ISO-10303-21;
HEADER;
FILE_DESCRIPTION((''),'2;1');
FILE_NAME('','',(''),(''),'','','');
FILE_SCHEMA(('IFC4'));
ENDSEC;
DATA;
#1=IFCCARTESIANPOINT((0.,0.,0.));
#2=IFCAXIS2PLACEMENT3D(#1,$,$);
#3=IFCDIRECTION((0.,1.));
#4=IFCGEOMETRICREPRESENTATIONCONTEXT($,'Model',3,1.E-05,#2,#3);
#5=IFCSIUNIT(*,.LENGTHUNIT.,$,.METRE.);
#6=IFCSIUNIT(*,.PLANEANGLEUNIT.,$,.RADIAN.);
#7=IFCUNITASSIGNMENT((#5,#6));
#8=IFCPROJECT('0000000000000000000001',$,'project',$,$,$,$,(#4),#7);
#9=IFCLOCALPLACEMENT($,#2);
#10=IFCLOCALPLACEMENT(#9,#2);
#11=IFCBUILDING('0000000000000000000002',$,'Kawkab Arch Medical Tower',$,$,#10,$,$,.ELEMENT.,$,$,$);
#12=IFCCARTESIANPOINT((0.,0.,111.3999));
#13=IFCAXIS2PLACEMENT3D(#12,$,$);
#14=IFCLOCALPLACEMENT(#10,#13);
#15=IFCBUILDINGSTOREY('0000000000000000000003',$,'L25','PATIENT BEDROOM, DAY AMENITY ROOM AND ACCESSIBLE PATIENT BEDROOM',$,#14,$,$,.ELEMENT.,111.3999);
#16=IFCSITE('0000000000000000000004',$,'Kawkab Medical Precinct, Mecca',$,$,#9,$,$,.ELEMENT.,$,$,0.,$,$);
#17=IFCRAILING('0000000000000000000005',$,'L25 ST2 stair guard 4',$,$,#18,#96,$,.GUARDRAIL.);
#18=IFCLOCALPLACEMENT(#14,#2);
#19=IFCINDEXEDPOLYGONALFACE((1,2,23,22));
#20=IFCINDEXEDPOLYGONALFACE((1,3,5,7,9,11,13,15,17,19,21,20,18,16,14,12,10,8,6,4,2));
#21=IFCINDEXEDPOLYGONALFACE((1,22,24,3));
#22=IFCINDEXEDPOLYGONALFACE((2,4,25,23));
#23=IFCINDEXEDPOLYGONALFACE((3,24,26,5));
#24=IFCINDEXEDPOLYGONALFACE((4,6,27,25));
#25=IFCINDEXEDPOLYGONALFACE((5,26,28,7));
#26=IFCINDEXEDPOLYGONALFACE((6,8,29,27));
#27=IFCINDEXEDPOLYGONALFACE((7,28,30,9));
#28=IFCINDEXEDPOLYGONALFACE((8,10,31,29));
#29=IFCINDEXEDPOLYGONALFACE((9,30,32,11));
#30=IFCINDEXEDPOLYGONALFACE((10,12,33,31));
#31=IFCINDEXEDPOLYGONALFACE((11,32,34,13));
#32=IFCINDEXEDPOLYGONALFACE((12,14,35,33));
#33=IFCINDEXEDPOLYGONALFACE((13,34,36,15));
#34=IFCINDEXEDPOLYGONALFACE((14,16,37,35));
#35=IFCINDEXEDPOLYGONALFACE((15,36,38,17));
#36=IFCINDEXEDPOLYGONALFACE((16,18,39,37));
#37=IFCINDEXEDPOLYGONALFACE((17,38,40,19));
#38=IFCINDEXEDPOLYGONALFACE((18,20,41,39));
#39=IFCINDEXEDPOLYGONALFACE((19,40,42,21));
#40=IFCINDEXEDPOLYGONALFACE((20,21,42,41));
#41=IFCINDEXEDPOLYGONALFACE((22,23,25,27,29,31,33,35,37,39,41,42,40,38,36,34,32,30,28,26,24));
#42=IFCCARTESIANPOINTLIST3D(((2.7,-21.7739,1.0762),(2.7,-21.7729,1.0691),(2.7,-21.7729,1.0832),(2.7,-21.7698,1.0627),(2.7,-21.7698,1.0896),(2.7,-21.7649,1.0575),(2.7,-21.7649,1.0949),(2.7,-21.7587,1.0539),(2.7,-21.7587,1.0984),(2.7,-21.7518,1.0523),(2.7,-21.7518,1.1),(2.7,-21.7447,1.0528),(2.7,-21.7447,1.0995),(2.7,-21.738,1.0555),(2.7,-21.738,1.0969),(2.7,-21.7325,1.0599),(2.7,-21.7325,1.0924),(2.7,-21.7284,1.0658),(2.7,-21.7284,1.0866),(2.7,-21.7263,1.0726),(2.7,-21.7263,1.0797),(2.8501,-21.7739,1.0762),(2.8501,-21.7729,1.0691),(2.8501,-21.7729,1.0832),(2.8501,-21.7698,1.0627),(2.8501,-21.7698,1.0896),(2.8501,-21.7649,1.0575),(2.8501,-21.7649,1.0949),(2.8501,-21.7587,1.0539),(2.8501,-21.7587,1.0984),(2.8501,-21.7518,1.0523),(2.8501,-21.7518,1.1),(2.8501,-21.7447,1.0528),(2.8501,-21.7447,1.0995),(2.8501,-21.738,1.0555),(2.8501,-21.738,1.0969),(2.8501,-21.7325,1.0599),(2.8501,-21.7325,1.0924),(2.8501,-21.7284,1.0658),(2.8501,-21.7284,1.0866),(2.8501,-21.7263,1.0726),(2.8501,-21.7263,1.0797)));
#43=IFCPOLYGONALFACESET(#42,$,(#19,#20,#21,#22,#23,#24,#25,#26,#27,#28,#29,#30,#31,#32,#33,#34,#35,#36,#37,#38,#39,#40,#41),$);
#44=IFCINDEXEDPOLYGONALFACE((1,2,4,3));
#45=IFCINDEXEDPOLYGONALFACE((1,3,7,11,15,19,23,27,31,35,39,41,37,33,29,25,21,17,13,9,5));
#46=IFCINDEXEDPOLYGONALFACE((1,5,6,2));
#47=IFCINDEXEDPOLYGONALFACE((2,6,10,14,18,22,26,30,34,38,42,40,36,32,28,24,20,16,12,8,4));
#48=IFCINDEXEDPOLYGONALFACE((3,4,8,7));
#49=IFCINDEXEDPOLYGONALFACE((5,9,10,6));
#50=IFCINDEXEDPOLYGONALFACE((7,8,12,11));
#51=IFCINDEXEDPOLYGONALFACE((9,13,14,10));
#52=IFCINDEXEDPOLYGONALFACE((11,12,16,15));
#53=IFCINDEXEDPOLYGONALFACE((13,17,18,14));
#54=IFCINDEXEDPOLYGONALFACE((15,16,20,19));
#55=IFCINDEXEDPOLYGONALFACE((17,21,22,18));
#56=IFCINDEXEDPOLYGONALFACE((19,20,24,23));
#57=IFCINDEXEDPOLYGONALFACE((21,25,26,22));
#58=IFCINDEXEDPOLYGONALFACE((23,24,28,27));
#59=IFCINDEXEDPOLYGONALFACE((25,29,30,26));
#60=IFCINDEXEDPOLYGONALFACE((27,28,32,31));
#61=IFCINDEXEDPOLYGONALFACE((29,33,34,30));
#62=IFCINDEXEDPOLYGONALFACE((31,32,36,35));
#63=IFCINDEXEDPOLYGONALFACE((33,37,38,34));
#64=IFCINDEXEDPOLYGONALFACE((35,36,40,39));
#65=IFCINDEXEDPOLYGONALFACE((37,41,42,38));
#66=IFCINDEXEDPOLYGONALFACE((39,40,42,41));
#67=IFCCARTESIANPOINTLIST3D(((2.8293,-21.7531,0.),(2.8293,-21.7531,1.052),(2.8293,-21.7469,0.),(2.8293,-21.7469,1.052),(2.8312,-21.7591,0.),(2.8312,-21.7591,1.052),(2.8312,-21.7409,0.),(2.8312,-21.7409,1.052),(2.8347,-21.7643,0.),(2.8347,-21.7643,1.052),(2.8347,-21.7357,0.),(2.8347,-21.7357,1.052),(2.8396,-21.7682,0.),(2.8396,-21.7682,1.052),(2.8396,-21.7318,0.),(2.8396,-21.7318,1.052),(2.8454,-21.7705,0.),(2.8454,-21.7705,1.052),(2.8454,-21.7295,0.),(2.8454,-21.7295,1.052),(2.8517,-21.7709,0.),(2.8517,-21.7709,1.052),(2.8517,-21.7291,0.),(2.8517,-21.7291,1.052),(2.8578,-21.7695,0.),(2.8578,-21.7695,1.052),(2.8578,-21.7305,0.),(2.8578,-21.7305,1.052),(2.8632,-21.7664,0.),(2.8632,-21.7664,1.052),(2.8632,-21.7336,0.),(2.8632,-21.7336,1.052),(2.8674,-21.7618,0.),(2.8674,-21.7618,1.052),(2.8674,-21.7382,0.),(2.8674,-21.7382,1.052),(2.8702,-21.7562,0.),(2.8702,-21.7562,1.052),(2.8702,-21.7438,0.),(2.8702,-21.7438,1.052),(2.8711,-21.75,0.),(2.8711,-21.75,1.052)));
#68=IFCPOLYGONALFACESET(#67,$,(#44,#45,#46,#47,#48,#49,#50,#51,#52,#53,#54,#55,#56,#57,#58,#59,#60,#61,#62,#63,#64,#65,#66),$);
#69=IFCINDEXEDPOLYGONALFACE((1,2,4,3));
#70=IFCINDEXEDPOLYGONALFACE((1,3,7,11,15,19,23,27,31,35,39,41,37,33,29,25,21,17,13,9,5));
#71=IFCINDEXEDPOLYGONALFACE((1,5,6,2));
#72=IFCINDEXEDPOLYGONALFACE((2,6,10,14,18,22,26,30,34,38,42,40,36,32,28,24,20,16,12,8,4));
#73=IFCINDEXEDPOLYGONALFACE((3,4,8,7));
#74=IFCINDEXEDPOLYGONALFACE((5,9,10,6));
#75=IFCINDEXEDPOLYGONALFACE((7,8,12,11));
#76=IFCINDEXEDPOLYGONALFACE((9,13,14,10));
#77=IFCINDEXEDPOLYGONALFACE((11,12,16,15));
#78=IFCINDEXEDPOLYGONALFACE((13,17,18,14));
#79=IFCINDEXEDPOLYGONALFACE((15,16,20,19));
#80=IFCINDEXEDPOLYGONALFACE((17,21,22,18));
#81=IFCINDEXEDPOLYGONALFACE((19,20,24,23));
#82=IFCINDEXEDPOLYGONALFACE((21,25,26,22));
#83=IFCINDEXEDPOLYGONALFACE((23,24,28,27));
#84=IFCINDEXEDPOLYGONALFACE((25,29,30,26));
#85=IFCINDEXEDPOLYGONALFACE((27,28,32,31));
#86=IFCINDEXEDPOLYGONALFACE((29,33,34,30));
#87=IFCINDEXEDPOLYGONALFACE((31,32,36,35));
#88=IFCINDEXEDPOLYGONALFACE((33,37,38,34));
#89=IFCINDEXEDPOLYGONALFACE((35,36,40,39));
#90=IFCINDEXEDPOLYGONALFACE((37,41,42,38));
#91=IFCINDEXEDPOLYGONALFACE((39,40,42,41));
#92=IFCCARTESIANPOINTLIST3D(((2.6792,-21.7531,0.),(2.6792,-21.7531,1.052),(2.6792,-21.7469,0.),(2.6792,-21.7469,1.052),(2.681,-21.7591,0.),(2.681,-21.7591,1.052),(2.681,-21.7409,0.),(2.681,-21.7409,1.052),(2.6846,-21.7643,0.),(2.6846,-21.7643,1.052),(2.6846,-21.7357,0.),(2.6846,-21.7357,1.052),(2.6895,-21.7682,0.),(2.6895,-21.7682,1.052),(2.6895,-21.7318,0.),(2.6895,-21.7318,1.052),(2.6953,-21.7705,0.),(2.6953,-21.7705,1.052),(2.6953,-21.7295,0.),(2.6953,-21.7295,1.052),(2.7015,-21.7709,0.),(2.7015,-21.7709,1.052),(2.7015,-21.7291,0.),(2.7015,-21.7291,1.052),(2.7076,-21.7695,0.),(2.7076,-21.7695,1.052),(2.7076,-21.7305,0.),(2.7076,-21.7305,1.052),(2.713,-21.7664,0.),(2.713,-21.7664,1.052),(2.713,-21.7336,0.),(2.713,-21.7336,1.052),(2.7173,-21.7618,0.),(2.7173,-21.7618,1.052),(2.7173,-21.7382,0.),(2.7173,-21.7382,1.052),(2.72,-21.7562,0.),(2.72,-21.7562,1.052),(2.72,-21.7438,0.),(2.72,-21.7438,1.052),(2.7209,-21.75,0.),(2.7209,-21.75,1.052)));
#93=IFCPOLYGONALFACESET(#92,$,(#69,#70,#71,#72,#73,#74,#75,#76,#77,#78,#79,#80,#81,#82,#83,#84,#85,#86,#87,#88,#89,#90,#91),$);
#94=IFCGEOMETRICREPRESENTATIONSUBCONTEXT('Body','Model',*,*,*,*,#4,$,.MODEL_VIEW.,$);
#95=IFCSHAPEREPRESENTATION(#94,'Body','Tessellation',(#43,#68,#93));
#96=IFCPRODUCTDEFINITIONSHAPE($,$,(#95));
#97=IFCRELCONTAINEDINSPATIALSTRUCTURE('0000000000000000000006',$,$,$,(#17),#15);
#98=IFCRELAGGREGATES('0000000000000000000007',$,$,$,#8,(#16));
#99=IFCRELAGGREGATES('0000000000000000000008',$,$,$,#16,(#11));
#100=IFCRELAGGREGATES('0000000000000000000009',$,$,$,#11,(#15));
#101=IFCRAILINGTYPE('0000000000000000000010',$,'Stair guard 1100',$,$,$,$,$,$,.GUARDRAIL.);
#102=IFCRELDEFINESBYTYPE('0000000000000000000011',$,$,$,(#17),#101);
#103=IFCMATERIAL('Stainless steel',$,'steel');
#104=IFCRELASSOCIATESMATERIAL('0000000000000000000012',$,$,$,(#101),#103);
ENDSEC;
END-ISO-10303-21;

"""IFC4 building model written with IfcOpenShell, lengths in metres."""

from ifc_helpers import new_model, si_unit, direction, frame, origin, origin_2d, place, context, subcontext, project, spatial, circle, extrude, material, type_object, element, save


model = new_model("IFC4")

# Units and contexts
model_context = context("Model", 3, precision=1e-05, world=origin(), true_north=direction((0.0, 1.0)))
body_context = subcontext(model_context, "Body", "Model", "MODEL_VIEW")
ifc_project = project(units=[si_unit("LENGTHUNIT", "METRE"), si_unit("PLANEANGLEUNIT", "RADIAN")], contexts=[model_context])

# Site, building, storey
site_placement = place(None, origin())
site = spatial("IfcSite", under=ifc_project, at=site_placement, Name="Kawkab Medical Precinct, Mecca", CompositionType="ELEMENT", RefElevation=0.0)
building_placement = place(site_placement, origin())
building = spatial("IfcBuilding", under=site, at=building_placement, Name="Kawkab Arch Medical Tower", CompositionType="ELEMENT")
storey_placement = place(building_placement, frame((0.0, 0.0, 111.3999)))
storey = spatial("IfcBuildingStorey", under=building, at=storey_placement, Name="L25", Description="PATIENT BEDROOM, DAY AMENITY ROOM AND ACCESSIBLE PATIENT BEDROOM", CompositionType="ELEMENT", Elevation=111.3999)

# Railing
ifc_material_1 = material(Name="Stainless steel", Category="steel")
railing_type = type_object("IfcRailingType", Name="Stair guard 1100", PredefinedType="GUARDRAIL", material=ifc_material_1)
railing_1_placement = place(storey_placement, frame((2.8501, -21.75, 0.0)))
element("IfcRailing", 1, at=railing_1_placement, inside=storey, type_object=railing_type, Name="L25 ST2 stair guard 4", PredefinedType="GUARDRAIL", context=body_context, shape_type="SweptSolid", body=[
    extrude(circle(Radius=0.0239, at=origin_2d()), frame((0.0, 0.0, 1.0762), z_axis=(-1.0, 0.0, 0.0), x_axis=(0.0, -1.0, 0.0)), (0.0, 0.0, 1.0), 0.1501),
    extrude(circle(Radius=0.021, at=origin_2d()), origin(), (0.0, 0.0, 1.0), 1.052),
    extrude(circle(Radius=0.021, at=origin_2d()), frame((-0.1501, 0.0, 0.0)), (0.0, 0.0, 1.0), 1.052),
])

save(model, "model.ifc")
